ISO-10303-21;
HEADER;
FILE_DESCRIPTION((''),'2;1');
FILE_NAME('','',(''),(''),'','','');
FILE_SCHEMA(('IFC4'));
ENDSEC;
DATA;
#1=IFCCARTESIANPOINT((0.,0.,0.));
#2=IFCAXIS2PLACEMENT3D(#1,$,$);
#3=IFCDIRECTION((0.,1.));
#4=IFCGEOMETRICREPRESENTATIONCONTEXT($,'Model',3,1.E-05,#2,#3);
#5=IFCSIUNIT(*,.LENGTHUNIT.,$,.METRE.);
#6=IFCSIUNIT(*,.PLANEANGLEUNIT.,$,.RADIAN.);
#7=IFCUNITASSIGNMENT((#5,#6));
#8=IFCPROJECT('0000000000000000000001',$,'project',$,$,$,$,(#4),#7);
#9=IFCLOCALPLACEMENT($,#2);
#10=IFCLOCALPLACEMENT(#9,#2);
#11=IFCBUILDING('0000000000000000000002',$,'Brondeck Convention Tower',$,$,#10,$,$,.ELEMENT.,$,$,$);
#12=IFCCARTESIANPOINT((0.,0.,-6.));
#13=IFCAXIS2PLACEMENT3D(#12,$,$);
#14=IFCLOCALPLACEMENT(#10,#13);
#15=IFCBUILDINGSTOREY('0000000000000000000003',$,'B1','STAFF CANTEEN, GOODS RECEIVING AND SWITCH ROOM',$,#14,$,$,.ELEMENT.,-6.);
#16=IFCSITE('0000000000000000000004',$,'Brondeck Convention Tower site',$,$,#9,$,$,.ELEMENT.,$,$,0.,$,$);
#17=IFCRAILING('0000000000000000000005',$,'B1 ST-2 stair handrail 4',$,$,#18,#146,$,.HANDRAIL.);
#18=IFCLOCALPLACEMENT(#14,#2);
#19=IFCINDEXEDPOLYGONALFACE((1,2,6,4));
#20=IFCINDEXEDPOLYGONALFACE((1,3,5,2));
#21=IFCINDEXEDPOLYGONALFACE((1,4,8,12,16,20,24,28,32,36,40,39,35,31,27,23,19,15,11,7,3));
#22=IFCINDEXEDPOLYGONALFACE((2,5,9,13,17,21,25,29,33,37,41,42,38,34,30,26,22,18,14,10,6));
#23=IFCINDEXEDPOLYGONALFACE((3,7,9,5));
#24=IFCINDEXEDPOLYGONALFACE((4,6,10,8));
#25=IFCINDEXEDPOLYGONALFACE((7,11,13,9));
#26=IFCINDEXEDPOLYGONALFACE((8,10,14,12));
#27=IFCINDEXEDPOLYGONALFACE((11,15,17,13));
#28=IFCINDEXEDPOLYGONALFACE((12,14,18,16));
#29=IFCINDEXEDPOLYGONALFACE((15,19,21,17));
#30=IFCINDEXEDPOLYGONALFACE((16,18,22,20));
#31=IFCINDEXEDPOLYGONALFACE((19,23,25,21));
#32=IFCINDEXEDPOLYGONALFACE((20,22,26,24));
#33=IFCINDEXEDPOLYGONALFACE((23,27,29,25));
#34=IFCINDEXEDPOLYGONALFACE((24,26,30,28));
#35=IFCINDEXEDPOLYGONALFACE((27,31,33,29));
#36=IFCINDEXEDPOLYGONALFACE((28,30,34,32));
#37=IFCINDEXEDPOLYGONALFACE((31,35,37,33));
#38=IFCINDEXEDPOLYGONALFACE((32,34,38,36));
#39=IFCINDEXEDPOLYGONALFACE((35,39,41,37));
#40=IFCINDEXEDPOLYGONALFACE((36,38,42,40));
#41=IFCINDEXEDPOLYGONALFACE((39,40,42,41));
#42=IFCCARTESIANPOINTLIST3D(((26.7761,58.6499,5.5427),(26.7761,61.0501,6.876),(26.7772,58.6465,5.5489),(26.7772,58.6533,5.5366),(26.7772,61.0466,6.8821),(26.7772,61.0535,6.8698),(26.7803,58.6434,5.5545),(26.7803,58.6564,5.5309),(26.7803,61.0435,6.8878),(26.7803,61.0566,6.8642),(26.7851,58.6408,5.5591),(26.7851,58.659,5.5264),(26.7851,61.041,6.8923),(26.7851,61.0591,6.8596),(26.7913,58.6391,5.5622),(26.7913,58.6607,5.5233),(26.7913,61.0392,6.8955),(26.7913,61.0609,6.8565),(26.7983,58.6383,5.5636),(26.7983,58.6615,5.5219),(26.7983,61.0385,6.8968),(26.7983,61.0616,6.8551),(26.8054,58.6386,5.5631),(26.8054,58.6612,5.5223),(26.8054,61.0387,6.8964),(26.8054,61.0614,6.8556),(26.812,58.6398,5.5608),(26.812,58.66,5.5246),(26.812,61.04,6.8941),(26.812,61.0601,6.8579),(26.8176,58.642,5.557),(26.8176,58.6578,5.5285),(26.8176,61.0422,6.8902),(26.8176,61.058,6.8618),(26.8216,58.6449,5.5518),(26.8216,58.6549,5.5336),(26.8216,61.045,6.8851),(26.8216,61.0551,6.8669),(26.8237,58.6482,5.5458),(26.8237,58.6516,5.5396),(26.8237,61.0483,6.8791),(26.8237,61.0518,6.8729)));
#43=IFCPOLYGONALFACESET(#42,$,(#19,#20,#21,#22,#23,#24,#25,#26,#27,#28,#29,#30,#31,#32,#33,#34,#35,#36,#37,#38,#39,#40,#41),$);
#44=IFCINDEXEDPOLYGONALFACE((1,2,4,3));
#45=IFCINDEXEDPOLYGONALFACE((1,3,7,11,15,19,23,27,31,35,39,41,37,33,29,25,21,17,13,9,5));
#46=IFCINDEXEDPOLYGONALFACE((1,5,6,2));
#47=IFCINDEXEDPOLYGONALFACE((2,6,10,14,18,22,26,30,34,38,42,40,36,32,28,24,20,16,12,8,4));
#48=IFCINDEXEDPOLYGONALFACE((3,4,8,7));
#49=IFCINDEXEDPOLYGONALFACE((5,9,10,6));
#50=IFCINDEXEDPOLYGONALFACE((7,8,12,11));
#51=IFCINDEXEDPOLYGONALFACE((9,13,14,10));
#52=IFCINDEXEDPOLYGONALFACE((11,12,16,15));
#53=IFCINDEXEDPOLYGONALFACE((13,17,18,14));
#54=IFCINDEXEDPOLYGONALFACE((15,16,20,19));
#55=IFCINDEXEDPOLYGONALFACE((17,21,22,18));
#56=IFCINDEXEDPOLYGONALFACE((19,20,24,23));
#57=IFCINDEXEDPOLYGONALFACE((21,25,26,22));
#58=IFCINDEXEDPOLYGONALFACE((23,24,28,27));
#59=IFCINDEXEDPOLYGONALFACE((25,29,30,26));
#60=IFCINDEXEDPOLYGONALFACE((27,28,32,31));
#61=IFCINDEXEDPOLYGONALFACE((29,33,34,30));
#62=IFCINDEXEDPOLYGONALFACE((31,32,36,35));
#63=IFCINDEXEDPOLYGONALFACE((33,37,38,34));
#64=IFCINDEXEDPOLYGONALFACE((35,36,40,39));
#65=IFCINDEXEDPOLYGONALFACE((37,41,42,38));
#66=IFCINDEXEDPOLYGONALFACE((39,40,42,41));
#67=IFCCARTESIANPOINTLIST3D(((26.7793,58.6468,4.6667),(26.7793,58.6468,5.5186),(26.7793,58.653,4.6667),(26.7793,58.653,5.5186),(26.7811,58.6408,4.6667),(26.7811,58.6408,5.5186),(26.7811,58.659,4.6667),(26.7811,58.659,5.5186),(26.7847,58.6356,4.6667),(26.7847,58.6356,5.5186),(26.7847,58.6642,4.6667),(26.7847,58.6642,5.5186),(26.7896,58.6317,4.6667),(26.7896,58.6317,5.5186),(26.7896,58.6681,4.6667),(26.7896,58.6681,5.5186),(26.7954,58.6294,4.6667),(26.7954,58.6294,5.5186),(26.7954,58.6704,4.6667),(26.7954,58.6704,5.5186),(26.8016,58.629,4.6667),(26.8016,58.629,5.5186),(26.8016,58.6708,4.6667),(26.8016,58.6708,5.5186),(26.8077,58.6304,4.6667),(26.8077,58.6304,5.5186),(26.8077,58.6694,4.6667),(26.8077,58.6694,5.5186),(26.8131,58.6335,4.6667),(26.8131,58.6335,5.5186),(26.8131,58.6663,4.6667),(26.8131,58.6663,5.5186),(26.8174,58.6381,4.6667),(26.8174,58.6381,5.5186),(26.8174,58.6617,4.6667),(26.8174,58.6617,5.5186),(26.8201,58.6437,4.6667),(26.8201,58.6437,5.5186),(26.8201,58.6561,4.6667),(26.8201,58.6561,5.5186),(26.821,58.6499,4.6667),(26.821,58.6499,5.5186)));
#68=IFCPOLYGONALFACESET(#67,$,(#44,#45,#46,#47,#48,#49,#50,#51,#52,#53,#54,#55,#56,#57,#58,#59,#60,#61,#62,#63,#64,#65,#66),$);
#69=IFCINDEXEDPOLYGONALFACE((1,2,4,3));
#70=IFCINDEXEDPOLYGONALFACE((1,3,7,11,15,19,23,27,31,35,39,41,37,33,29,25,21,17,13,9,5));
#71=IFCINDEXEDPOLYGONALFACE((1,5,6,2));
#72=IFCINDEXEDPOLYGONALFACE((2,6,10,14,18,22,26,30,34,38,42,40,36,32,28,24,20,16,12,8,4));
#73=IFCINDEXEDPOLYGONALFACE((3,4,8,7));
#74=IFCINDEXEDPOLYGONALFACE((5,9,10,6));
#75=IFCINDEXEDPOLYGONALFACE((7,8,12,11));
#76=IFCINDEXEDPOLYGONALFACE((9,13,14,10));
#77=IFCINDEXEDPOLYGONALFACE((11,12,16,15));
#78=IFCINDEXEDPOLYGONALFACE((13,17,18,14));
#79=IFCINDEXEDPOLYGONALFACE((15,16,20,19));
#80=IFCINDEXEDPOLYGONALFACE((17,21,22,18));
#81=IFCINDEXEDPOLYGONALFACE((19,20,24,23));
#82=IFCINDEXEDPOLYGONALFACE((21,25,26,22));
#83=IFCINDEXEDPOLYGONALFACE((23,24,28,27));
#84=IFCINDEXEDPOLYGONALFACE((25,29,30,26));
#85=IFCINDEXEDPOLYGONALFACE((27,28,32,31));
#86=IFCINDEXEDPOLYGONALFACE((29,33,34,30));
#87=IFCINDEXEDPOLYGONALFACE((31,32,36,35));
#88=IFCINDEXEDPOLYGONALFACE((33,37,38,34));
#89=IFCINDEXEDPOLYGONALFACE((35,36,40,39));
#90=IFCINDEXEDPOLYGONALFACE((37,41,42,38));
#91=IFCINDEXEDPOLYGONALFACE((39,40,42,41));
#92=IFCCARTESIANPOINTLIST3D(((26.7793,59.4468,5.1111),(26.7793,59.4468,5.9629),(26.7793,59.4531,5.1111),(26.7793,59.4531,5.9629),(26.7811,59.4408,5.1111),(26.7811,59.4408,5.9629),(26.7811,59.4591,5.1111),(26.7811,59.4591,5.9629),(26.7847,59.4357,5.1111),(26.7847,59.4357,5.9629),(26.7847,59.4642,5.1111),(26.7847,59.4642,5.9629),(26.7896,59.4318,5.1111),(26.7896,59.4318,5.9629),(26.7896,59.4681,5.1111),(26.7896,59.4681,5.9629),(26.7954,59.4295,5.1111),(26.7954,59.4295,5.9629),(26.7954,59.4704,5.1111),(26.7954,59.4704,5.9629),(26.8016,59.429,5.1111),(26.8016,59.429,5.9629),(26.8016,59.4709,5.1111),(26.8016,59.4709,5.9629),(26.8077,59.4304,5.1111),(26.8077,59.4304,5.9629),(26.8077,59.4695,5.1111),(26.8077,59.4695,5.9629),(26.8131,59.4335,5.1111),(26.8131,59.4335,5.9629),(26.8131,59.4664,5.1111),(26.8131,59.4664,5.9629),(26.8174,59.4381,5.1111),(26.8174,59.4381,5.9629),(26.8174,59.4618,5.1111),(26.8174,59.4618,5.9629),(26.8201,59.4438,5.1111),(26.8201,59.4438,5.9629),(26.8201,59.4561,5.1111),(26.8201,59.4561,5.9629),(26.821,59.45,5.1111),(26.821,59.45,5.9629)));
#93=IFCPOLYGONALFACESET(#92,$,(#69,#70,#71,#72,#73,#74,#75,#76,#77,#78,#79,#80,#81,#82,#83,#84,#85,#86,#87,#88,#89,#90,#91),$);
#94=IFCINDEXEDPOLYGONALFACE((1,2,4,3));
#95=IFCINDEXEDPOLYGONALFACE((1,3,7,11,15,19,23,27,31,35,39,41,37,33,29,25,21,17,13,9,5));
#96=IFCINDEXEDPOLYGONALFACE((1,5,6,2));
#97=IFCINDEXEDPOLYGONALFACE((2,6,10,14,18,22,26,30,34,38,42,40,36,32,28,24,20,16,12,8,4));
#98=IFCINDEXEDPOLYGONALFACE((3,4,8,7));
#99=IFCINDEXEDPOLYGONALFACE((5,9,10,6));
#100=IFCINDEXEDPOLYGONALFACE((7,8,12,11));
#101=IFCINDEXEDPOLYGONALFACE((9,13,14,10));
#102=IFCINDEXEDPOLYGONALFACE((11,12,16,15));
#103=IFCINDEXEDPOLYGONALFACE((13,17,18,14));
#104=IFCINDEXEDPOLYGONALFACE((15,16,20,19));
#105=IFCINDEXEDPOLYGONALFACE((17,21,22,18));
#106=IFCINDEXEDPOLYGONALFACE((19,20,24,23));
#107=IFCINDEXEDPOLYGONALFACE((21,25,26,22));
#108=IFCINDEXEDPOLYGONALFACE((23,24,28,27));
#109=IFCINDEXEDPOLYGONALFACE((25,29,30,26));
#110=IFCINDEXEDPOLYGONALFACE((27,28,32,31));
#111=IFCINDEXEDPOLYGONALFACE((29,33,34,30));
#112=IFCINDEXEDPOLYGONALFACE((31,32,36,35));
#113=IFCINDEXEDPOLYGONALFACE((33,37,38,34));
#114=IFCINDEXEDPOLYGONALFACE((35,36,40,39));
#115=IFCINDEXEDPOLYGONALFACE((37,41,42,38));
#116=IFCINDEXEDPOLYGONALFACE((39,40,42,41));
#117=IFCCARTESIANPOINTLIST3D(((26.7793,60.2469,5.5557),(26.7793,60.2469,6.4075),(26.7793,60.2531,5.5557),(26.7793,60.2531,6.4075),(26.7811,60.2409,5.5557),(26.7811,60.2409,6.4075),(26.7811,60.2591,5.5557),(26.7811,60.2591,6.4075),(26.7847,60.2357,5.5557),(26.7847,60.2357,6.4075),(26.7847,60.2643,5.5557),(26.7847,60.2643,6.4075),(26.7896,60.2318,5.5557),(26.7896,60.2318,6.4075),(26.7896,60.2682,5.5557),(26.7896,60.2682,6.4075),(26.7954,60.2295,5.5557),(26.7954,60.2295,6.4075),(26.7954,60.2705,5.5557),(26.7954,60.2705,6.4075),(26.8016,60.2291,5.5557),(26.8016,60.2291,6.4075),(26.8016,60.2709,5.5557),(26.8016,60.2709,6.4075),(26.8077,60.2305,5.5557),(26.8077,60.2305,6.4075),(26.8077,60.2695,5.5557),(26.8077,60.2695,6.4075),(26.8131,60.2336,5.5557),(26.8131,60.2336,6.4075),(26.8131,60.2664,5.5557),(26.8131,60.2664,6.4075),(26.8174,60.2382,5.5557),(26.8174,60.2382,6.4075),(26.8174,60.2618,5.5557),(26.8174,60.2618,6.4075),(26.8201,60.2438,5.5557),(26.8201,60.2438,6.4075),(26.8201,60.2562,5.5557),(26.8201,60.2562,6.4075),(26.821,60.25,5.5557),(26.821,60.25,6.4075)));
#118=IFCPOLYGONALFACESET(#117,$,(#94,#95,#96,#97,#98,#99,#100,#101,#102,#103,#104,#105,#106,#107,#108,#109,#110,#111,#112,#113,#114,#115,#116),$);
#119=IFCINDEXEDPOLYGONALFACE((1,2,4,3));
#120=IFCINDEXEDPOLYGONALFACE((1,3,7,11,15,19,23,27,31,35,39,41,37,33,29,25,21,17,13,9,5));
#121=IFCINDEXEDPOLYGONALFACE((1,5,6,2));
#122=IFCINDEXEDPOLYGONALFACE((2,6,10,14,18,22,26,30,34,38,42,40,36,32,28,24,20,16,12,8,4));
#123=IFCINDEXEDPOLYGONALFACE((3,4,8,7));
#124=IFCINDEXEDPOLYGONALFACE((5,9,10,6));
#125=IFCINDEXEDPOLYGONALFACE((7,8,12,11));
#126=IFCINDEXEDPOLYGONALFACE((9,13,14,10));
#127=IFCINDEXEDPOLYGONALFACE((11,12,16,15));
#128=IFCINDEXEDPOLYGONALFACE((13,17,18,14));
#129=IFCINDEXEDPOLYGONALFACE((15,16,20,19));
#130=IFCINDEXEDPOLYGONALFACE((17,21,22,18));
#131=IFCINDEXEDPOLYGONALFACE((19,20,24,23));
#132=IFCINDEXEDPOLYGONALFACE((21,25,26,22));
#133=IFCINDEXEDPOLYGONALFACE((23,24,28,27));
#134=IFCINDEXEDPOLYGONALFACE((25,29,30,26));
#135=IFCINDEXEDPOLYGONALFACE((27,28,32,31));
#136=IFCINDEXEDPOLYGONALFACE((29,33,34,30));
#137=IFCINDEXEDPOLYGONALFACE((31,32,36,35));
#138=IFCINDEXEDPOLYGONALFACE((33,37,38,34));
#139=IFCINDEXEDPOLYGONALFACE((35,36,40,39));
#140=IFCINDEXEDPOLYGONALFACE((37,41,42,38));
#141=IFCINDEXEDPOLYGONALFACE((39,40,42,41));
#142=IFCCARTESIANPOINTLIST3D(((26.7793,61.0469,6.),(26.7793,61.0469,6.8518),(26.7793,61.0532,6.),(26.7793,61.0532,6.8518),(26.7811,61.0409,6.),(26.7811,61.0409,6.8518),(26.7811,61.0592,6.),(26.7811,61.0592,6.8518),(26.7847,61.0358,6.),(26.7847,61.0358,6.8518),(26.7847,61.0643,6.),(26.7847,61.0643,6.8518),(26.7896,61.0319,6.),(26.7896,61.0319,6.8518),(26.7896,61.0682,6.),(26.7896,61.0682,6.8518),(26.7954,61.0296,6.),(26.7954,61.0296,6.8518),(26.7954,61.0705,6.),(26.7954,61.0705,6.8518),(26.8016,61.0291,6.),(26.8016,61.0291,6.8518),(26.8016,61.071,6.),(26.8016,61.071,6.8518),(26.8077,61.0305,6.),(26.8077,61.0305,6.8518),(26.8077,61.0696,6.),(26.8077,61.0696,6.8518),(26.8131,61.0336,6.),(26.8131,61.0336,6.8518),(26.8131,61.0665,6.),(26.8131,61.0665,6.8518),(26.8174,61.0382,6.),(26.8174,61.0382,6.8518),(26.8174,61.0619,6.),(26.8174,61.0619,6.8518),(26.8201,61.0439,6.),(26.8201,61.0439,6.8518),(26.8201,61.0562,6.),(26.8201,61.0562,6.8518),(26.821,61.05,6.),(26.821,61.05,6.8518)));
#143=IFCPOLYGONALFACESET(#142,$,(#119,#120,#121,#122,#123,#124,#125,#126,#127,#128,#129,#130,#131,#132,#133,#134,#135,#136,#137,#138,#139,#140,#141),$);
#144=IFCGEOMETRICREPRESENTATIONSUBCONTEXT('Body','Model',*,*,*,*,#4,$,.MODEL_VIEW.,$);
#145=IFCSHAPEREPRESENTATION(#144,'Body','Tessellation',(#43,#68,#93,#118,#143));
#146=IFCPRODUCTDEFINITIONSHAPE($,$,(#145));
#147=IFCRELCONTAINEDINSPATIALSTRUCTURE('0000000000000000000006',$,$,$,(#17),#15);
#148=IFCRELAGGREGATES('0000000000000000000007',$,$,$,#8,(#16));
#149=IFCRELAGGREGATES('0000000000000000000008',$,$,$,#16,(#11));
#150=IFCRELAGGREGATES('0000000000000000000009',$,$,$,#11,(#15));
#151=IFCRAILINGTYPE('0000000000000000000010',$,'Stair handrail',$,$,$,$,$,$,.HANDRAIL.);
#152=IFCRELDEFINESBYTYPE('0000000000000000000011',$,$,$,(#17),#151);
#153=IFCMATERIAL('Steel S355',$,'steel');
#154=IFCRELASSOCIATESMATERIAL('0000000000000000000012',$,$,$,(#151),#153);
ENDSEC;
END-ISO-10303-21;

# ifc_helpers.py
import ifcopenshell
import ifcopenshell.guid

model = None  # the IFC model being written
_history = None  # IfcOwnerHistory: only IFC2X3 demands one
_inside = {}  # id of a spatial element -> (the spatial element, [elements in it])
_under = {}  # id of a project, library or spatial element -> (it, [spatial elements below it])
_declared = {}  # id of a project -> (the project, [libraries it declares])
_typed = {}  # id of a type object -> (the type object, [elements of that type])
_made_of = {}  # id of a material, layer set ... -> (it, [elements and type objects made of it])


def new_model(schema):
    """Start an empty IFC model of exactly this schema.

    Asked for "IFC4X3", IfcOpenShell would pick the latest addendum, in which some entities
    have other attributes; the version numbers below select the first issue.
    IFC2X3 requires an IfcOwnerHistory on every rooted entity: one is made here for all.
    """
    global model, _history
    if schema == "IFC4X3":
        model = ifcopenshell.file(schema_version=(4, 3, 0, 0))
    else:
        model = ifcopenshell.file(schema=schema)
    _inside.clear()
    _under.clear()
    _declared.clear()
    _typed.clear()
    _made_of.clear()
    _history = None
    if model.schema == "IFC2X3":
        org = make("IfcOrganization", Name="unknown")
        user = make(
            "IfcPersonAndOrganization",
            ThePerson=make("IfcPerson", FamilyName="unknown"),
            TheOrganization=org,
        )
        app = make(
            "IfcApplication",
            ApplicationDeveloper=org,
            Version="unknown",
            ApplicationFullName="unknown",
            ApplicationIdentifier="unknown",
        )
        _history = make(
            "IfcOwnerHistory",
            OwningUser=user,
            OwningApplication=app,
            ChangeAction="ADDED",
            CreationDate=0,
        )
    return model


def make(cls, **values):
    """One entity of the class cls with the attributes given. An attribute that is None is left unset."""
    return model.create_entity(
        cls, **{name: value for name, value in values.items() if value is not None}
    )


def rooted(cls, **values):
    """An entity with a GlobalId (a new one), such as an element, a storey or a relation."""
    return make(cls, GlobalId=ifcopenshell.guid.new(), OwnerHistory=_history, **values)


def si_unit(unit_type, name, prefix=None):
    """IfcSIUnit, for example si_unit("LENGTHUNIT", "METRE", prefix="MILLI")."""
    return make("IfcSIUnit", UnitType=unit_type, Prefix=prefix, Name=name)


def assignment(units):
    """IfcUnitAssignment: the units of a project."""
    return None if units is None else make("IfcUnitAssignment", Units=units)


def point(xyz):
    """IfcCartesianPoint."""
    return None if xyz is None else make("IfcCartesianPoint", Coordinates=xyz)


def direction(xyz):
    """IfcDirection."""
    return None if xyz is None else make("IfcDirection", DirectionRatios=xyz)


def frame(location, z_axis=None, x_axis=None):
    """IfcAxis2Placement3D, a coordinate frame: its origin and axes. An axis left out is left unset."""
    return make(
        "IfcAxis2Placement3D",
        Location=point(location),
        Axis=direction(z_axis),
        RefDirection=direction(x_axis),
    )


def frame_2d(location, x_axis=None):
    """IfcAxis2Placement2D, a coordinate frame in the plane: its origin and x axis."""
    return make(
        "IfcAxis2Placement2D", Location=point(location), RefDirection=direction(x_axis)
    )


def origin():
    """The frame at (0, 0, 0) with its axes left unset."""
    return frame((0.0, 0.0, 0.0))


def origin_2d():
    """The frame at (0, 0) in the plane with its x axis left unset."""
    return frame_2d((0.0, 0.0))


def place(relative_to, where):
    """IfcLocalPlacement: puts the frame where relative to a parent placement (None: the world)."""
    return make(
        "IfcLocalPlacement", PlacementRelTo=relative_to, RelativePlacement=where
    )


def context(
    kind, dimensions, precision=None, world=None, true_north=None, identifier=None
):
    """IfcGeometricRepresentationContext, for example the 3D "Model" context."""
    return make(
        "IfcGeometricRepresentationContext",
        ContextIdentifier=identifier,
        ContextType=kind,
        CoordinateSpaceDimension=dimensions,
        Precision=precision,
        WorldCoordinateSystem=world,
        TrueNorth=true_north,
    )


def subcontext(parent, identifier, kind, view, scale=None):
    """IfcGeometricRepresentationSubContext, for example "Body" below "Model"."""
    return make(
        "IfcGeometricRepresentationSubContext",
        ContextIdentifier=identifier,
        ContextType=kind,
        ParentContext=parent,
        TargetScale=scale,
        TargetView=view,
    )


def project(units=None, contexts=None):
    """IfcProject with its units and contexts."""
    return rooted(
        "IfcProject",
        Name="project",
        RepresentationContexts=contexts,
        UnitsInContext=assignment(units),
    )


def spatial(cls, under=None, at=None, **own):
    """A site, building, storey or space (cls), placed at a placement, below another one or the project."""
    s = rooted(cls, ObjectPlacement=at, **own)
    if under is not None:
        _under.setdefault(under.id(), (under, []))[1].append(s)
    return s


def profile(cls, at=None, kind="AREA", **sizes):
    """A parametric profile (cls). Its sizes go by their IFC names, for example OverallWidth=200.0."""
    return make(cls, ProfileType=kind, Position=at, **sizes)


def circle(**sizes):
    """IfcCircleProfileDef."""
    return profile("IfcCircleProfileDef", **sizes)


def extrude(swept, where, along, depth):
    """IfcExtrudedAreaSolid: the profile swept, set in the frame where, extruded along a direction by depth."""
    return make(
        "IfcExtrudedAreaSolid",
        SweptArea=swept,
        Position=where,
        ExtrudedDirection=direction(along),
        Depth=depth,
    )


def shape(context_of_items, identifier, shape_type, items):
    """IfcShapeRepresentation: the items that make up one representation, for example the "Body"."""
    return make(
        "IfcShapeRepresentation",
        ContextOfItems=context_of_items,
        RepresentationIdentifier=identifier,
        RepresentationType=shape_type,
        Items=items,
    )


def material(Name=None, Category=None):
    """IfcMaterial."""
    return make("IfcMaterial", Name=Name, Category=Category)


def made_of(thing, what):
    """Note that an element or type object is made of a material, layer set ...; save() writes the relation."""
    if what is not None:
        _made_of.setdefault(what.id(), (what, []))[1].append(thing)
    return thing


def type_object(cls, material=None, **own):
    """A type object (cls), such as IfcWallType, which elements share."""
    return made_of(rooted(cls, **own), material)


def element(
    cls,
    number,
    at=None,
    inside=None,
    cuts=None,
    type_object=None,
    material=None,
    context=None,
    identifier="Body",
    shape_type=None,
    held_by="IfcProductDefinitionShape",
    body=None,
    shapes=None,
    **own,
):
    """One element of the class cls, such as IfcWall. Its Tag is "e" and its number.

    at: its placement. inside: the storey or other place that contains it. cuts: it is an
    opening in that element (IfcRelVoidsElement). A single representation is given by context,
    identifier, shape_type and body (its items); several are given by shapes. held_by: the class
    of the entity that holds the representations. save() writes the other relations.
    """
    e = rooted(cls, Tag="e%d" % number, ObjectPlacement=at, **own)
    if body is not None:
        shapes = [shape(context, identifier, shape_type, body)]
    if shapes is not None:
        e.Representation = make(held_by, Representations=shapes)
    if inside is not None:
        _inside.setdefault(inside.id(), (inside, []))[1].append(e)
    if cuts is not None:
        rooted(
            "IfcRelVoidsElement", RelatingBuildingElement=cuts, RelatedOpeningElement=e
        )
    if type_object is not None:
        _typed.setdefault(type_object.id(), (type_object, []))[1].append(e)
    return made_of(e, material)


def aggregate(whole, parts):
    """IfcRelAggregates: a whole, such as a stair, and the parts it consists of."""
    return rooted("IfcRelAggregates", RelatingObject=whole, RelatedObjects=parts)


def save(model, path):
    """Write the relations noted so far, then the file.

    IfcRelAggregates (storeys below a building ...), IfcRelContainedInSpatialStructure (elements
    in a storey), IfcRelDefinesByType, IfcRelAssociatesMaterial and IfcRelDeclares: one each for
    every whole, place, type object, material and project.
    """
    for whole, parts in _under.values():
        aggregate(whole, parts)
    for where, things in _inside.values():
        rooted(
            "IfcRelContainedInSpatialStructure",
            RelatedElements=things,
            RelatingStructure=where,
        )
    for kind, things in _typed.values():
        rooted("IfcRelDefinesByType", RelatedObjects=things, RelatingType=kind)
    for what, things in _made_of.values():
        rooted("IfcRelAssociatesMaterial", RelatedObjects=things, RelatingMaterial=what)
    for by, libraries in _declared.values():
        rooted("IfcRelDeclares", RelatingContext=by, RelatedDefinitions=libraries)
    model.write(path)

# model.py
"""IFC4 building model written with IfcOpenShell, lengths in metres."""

from ifc_helpers import new_model, si_unit, direction, frame, origin, origin_2d, place, context, subcontext, project, spatial, circle, extrude, material, type_object, element, save


model = new_model("IFC4")

# Units and contexts
model_context = context("Model", 3, precision=1e-05, world=origin(), true_north=direction((0.0, 1.0)))
body_context = subcontext(model_context, "Body", "Model", "MODEL_VIEW")
ifc_project = project(units=[si_unit("LENGTHUNIT", "METRE"), si_unit("PLANEANGLEUNIT", "RADIAN")], contexts=[model_context])

# Site, building, storey
site_placement = place(None, origin())
site = spatial("IfcSite", under=ifc_project, at=site_placement, Name="Brondeck Convention Tower site", CompositionType="ELEMENT", RefElevation=0.0)
building_placement = place(site_placement, origin())
building = spatial("IfcBuilding", under=site, at=building_placement, Name="Brondeck Convention Tower", CompositionType="ELEMENT")
storey_placement = place(building_placement, frame((0.0, 0.0, -6.0)))
storey = spatial("IfcBuildingStorey", under=building, at=storey_placement, Name="B1", Description="STAFF CANTEEN, GOODS RECEIVING AND SWITCH ROOM", CompositionType="ELEMENT", Elevation=-6.0)

# Shared definitions
ifc_material_1 = material(Name="Steel S355", Category="steel")

# Railing
railing_type_1 = type_object("IfcRailingType", Name="Stair handrail", PredefinedType="HANDRAIL", material=ifc_material_1)
railing_1_placement = place(storey_placement, frame((26.8, 58.6499, 4.6667)))
element("IfcRailing", 1, at=railing_1_placement, inside=storey, type_object=railing_type_1, Name="B1 ST-2 stair handrail 4", PredefinedType="HANDRAIL", context=body_context, shape_type="SweptSolid", body=[
    extrude(circle(Radius=0.0239, at=origin_2d()), frame((0.0, 0.0, 0.876), z_axis=(0.0, 0.874182, 0.485598), x_axis=(-1.0, 0.0, 0.0)), (0.0, 0.0, 1.0), 2.7456),
    extrude(circle(Radius=0.021, at=origin_2d()), origin(), (0.0, 0.0, 1.0), 0.8518),
    extrude(circle(Radius=0.021, at=origin_2d()), frame((0.0, 0.8, 0.4443)), (0.0, 0.0, 1.0), 0.8518),
    extrude(circle(Radius=0.021, at=origin_2d()), frame((0.0, 1.6001, 0.8889)), (0.0, 0.0, 1.0), 0.8518),
    extrude(circle(Radius=0.021, at=origin_2d()), frame((0.0, 2.4001, 1.3333)), (0.0, 0.0, 1.0), 0.8518),
])

save(model, "model.ifc")
